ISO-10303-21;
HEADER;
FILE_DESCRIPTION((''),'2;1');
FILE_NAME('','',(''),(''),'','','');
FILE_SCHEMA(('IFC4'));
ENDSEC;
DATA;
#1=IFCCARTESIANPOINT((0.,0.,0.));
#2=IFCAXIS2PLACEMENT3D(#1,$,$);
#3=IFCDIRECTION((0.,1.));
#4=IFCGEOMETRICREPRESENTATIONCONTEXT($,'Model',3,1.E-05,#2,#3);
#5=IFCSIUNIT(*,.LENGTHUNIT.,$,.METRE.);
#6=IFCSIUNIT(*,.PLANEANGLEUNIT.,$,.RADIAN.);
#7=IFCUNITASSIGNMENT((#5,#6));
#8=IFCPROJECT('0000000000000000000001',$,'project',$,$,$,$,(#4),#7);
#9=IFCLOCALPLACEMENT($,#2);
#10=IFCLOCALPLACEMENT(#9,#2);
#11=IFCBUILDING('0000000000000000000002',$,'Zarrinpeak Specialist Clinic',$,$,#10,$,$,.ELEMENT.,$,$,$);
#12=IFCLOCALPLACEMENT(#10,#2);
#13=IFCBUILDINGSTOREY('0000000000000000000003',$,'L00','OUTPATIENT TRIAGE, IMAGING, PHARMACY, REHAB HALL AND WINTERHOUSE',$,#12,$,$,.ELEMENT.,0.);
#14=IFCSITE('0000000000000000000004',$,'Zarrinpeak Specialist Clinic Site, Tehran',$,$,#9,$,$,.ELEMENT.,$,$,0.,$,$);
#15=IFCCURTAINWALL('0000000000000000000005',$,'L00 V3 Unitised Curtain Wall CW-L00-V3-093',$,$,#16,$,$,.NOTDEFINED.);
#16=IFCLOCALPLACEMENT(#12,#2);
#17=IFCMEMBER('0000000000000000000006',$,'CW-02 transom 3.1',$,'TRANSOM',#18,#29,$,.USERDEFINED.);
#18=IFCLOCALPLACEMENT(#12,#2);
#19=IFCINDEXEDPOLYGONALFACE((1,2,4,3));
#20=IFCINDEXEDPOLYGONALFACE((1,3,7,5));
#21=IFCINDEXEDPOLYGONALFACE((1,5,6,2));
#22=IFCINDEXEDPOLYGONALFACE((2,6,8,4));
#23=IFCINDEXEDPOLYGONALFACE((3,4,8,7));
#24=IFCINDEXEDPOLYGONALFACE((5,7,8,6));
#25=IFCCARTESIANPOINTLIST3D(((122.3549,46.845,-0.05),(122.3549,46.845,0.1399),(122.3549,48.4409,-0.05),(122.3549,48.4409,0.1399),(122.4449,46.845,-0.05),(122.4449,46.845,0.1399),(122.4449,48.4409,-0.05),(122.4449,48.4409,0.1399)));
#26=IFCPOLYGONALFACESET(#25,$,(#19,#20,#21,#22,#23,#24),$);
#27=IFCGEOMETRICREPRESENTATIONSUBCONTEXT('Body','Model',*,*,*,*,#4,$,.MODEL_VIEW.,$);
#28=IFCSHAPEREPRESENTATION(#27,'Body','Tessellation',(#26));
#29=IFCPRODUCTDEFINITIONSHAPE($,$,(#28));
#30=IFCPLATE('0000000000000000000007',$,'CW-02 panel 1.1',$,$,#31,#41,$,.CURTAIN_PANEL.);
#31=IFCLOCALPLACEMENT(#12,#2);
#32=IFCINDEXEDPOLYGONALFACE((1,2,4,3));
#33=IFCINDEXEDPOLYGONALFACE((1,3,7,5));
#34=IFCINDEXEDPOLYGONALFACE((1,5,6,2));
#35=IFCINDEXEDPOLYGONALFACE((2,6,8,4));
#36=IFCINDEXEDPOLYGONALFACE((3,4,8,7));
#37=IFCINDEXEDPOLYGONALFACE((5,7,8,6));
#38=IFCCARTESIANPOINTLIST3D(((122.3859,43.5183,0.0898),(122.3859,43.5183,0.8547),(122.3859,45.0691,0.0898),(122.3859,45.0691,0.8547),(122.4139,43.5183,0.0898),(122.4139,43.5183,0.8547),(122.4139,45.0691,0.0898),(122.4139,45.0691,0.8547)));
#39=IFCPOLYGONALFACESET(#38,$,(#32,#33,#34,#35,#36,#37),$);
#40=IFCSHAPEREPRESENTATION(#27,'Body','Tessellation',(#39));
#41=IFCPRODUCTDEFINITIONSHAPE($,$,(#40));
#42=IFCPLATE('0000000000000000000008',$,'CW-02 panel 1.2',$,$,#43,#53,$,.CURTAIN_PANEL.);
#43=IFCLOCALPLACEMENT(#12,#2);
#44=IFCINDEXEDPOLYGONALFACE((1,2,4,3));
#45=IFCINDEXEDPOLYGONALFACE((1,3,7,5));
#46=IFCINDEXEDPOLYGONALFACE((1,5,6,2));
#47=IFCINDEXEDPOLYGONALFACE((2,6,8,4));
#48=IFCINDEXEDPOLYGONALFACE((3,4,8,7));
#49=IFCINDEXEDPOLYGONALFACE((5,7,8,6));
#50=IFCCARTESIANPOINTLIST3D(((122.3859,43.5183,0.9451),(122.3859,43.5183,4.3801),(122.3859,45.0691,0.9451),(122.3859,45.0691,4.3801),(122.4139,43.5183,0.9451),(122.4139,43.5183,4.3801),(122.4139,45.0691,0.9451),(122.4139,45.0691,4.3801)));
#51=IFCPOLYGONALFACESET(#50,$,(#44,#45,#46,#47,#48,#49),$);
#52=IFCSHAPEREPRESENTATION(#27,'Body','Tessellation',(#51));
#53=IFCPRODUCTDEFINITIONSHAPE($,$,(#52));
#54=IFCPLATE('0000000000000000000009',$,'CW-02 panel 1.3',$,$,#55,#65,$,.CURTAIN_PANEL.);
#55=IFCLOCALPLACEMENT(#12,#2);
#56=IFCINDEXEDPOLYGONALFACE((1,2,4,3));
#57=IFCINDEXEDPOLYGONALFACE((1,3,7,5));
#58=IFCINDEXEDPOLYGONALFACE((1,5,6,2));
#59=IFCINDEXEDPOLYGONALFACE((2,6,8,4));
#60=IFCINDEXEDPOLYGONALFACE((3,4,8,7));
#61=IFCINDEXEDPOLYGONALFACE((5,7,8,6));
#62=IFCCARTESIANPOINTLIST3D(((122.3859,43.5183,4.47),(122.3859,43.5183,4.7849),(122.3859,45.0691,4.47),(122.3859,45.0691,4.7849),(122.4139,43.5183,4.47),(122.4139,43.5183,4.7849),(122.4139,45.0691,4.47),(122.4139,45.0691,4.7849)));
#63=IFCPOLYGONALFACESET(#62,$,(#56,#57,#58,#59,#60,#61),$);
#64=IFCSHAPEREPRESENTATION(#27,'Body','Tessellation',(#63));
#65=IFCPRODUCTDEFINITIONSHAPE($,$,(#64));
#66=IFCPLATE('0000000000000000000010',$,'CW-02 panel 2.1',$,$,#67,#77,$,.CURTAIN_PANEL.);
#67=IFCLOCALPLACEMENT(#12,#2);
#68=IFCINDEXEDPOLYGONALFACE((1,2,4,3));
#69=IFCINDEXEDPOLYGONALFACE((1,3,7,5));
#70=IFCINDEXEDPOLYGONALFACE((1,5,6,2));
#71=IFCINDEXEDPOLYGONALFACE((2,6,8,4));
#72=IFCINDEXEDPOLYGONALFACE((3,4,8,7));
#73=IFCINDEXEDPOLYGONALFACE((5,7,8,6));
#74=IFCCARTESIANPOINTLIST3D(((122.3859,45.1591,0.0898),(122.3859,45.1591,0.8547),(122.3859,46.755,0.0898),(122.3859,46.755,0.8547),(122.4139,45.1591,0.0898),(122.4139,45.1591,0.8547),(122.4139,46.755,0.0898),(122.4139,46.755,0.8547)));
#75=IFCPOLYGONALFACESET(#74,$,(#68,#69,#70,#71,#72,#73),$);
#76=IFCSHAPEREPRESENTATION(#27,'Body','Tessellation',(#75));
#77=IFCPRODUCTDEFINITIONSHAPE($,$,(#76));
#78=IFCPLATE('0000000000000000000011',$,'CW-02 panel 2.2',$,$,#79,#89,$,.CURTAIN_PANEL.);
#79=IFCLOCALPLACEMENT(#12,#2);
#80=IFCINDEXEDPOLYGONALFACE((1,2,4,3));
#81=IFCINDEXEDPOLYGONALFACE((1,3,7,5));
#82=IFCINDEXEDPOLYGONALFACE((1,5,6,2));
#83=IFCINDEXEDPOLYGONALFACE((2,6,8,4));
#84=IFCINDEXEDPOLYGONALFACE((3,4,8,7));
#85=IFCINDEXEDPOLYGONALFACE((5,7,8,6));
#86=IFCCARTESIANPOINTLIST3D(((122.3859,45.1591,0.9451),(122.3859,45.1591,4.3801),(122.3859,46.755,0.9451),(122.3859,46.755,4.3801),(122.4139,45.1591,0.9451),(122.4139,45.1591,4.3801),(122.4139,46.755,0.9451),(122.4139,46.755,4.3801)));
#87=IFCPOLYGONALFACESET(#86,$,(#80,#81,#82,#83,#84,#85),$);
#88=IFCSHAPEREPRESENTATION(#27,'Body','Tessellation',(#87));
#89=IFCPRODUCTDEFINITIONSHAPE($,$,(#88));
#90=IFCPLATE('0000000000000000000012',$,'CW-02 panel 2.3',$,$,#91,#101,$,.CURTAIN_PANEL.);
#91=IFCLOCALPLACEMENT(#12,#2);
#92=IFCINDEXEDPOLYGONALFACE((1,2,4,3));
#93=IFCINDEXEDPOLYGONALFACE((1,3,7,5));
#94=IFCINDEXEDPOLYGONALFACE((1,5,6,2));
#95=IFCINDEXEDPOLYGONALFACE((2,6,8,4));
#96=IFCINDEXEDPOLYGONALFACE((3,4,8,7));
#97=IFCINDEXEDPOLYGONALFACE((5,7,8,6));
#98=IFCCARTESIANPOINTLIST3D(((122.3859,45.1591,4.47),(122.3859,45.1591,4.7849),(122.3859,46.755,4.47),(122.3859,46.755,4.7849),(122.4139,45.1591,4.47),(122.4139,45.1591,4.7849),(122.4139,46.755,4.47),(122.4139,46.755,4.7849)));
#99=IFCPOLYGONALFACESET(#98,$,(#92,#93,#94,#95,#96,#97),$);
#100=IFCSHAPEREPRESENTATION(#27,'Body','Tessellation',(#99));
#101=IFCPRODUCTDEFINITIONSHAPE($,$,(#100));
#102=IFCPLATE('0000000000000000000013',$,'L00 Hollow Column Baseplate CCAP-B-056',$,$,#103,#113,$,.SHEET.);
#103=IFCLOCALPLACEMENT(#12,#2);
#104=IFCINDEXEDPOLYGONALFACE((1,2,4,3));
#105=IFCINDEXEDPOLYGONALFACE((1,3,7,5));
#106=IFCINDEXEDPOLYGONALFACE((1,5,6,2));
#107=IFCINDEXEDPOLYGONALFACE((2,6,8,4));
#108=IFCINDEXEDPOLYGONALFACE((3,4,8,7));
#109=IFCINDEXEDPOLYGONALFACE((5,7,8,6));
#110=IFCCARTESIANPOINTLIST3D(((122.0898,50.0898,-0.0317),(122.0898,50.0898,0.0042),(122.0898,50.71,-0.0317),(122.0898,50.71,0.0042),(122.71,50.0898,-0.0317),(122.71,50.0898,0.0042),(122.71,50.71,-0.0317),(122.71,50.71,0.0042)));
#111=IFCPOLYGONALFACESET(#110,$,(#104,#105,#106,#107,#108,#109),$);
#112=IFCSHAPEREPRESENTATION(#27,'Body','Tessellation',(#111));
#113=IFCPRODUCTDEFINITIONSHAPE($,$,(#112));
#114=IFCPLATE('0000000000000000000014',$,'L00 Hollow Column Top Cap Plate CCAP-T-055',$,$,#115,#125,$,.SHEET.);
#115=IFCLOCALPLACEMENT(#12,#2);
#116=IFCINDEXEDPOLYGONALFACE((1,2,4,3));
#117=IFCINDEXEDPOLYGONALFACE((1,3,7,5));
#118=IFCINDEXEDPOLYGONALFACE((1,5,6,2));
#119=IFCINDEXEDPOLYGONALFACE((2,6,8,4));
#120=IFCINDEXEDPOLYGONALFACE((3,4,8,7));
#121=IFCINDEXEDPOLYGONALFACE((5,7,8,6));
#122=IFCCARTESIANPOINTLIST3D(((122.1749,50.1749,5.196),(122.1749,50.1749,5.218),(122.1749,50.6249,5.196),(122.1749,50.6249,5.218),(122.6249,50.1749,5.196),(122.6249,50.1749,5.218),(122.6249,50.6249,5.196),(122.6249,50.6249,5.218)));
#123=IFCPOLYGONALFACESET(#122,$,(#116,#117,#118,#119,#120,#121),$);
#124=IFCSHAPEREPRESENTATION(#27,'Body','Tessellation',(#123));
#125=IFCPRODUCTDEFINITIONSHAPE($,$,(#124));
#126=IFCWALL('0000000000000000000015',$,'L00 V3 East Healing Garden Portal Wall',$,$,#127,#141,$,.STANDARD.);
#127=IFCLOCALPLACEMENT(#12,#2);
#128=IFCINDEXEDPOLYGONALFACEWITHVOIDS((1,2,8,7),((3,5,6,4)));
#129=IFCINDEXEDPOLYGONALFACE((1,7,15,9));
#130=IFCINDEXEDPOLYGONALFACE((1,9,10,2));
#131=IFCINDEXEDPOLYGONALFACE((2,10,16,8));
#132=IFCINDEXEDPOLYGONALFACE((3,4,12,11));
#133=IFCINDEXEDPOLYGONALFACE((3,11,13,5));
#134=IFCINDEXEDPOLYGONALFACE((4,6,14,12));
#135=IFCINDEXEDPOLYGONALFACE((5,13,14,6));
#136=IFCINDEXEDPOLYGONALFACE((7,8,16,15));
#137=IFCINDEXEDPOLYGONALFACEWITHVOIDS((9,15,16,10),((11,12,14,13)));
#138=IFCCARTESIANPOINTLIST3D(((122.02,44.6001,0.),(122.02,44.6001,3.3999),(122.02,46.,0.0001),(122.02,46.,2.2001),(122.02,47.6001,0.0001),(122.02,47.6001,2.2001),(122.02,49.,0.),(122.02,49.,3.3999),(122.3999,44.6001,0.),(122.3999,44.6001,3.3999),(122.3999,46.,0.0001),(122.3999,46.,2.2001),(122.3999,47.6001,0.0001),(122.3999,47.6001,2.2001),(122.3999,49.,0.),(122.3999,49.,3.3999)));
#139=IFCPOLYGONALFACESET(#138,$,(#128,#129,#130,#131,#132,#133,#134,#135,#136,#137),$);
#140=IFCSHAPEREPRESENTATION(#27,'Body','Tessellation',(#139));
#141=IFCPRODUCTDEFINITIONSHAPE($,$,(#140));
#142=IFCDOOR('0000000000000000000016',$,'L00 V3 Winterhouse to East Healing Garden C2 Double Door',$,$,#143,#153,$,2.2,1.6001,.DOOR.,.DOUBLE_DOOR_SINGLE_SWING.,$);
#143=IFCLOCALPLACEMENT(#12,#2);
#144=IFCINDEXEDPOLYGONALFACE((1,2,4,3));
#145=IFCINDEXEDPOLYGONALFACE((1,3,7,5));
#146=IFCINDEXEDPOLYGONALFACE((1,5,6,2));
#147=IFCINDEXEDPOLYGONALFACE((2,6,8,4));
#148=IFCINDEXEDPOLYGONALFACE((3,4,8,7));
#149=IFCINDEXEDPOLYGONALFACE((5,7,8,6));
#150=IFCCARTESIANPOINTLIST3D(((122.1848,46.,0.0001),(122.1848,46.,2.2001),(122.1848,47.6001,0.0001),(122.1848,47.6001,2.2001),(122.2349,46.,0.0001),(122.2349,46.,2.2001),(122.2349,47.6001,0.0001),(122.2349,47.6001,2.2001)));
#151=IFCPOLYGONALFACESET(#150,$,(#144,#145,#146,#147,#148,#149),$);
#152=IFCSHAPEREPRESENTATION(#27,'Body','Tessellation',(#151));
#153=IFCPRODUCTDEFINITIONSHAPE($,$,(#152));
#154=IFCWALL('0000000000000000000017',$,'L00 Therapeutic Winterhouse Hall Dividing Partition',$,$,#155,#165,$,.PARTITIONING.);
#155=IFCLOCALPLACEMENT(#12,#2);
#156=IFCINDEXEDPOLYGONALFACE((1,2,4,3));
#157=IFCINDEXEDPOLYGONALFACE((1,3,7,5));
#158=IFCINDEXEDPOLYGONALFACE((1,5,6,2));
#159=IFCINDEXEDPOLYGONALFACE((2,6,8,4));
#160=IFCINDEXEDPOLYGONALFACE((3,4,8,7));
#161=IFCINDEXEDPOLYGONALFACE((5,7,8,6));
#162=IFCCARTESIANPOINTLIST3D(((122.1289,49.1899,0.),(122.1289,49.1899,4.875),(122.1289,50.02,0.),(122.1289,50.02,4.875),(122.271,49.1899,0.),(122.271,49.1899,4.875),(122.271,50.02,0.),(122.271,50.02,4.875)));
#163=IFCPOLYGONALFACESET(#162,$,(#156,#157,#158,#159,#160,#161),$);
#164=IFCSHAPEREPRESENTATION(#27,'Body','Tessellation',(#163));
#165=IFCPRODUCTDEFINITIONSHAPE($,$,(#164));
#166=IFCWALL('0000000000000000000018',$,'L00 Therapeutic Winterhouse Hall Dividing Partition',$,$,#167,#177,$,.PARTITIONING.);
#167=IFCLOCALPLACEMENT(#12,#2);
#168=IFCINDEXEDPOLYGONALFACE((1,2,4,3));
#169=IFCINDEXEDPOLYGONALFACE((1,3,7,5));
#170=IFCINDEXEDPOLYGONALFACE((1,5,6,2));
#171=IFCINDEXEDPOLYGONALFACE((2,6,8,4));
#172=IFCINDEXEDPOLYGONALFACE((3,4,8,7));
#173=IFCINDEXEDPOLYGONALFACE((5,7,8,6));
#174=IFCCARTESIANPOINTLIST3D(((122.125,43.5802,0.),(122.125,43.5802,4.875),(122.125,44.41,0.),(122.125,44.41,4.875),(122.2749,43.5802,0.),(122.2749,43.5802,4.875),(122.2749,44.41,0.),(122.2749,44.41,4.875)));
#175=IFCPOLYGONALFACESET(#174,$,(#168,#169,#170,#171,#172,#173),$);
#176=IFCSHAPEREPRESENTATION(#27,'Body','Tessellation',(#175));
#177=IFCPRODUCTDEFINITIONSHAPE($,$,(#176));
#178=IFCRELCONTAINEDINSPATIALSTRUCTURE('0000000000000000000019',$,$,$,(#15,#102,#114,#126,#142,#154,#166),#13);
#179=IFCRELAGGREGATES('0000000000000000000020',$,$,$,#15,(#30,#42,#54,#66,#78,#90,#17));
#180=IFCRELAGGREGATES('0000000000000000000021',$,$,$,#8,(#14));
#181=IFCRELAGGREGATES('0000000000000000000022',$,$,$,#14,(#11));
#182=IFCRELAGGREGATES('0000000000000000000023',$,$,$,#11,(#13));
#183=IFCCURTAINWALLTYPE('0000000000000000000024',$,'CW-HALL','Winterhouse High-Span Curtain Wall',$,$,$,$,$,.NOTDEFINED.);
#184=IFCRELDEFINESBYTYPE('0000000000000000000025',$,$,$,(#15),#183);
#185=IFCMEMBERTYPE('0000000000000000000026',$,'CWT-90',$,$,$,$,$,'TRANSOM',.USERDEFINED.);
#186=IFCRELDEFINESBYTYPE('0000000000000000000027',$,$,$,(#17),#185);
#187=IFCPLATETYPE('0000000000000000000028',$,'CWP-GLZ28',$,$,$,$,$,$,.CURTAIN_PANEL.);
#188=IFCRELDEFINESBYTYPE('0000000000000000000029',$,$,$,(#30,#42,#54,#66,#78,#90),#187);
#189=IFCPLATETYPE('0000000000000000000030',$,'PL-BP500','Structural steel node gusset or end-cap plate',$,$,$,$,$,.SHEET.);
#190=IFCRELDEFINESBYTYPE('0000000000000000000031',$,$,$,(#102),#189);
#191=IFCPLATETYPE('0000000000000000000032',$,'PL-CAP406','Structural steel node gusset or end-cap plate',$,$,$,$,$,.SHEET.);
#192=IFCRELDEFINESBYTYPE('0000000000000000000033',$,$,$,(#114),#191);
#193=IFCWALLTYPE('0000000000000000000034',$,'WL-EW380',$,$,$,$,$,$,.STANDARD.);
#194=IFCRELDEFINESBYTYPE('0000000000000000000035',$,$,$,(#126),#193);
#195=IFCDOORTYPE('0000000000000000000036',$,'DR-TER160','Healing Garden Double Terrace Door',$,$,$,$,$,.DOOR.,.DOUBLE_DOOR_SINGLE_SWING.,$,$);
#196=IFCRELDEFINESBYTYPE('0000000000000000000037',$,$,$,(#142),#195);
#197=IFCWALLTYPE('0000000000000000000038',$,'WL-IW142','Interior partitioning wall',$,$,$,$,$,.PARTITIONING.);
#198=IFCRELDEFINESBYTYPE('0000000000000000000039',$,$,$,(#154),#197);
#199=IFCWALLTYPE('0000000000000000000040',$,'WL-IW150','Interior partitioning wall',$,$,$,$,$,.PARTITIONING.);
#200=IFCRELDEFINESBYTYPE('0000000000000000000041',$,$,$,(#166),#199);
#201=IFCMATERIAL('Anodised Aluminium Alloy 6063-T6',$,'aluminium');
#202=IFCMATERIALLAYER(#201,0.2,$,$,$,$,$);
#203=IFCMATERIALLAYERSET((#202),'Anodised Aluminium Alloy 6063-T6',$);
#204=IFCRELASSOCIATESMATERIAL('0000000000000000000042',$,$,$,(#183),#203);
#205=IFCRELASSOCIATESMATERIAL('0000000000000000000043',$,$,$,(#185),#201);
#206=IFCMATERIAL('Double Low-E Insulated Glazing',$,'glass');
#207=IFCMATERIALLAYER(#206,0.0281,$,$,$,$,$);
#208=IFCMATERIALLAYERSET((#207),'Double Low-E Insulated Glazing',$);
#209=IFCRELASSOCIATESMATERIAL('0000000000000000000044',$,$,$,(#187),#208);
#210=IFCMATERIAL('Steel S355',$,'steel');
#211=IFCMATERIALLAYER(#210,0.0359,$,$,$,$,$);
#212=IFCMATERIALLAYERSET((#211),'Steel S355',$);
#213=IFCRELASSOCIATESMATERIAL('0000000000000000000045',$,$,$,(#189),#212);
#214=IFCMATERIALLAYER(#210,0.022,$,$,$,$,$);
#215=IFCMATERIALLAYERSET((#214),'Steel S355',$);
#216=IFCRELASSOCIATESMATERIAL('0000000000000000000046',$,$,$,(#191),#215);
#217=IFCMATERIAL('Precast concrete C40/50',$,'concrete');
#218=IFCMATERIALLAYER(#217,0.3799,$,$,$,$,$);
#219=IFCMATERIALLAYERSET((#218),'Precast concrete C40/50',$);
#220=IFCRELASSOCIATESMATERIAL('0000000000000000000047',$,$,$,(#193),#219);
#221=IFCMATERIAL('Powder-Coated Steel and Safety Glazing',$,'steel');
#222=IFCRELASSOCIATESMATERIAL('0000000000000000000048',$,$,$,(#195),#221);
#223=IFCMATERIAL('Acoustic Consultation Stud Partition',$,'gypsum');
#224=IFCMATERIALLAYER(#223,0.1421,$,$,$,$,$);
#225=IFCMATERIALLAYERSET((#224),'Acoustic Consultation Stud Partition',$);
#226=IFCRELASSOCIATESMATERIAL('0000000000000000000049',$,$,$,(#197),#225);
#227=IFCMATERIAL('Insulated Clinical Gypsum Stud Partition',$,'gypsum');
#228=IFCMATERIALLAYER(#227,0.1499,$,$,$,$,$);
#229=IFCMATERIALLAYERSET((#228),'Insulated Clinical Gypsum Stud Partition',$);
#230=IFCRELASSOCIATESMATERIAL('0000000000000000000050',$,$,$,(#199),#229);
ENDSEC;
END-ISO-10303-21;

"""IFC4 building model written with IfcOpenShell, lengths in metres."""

from ifc_helpers import new_model, si_unit, direction, frame, frame_2d, origin, origin_2d, place, context, subcontext, project, spatial, rectangle, extrude, material, layer, layer_set, material_profile, profile_set, type_object, element, fill, aggregate, save


model = new_model("IFC4")

# Units and contexts
model_context = context("Model", 3, precision=1e-05, world=origin(), true_north=direction((0.0, 1.0)))
body_context = subcontext(model_context, "Body", "Model", "MODEL_VIEW")
ifc_project = project(units=[si_unit("LENGTHUNIT", "METRE"), si_unit("PLANEANGLEUNIT", "RADIAN")], contexts=[model_context])

# Site, building, storey
site_placement = place(None, origin())
site = spatial("IfcSite", under=ifc_project, at=site_placement, Name="Zarrinpeak Specialist Clinic Site, Tehran", CompositionType="ELEMENT", RefElevation=0.0)
building_placement = place(site_placement, origin())
building = spatial("IfcBuilding", under=site, at=building_placement, Name="Zarrinpeak Specialist Clinic", CompositionType="ELEMENT")
storey_placement = place(building_placement, origin())
storey = spatial("IfcBuildingStorey", under=building, at=storey_placement, Name="L00", Description="OUTPATIENT TRIAGE, IMAGING, PHARMACY, REHAB HALL AND WINTERHOUSE", CompositionType="ELEMENT", Elevation=0.0)

# Shared definitions
ifc_material_1 = material(Name="Steel S355", Category="steel")

# Curtain wall, member, plates
ifc_material_2 = material(Name="Anodised Aluminium Alloy 6063-T6", Category="aluminium")
ifc_layer_1 = layer(ifc_material_2, 0.2)
ifc_layer_set_1 = layer_set([ifc_layer_1], Name="Anodised Aluminium Alloy 6063-T6")
curtain_wall_type = type_object("IfcCurtainWallType", Name="CW-HALL", Description="Winterhouse High-Span Curtain Wall", PredefinedType="NOTDEFINED", material=ifc_layer_set_1)
curtain_wall_placement = place(storey_placement, origin())
curtain_wall = element("IfcCurtainWall", 1, at=curtain_wall_placement, inside=storey, type_object=curtain_wall_type, Name="L00 V3 Unitised Curtain Wall CW-L00-V3-093", PredefinedType="NOTDEFINED")
ifc_material_profile_1 = material_profile(ifc_material_2, rectangle(XDim=0.0901, YDim=0.1899, at=origin_2d()), Name="ALU 90x190")
ifc_profile_set_1 = profile_set([ifc_material_profile_1], Name="Anodised Aluminium Alloy 6063-T6")
member_type_1 = type_object("IfcMemberType", Name="CWT-90", ElementType="TRANSOM", PredefinedType="USERDEFINED", material=ifc_profile_set_1)
member_1_placement = place(storey_placement, frame((122.3999, 46.845, 0.0449), z_axis=(0.0, 1.0, 0.0), x_axis=(-1.0, 0.0, 0.0)))
member_1 = element("IfcMember", 2, at=member_1_placement, type_object=member_type_1, Name="CW-02 transom 3.1", ObjectType="TRANSOM", PredefinedType="USERDEFINED", context=body_context, shape_type="SweptSolid", body=[
    extrude(rectangle(XDim=0.0901, YDim=0.1899, at=origin_2d()), origin(), (0.0, 0.0, 1.0), 1.5959),
])
ifc_material_3 = material(Name="Double Low-E Insulated Glazing", Category="glass")
ifc_layer_2 = layer(ifc_material_3, 0.0281)
ifc_layer_set_2 = layer_set([ifc_layer_2], Name="Double Low-E Insulated Glazing")
plate_type_1 = type_object("IfcPlateType", Name="CWP-GLZ28", PredefinedType="CURTAIN_PANEL", material=ifc_layer_set_2)
plate_1_placement = place(storey_placement, frame((122.3999, 44.2937, 0.0898), z_axis=(0.0, 0.0, 1.0), x_axis=(0.0, 1.0, 0.0)))
plate_1 = element("IfcPlate", 3, at=plate_1_placement, type_object=plate_type_1, Name="CW-02 panel 1.1", PredefinedType="CURTAIN_PANEL", context=body_context, shape_type="SweptSolid", body=[
    extrude(rectangle(XDim=1.5508, YDim=0.0281, at=origin_2d()), origin(), (0.0, 0.0, 1.0), 0.7649),
])
plate_2_placement = place(storey_placement, frame((122.3999, 44.2937, 0.9451), z_axis=(0.0, 0.0, 1.0), x_axis=(0.0, 1.0, 0.0)))
plate_2 = element("IfcPlate", 4, at=plate_2_placement, type_object=plate_type_1, Name="CW-02 panel 1.2", PredefinedType="CURTAIN_PANEL", context=body_context, shape_type="SweptSolid", body=[
    extrude(rectangle(XDim=1.5508, YDim=0.0281, at=origin_2d()), origin(), (0.0, 0.0, 1.0), 3.4351),
])
plate_3_placement = place(storey_placement, frame((122.3999, 44.2937, 4.47), z_axis=(0.0, 0.0, 1.0), x_axis=(0.0, 1.0, 0.0)))
plate_3 = element("IfcPlate", 5, at=plate_3_placement, type_object=plate_type_1, Name="CW-02 panel 1.3", PredefinedType="CURTAIN_PANEL", context=body_context, shape_type="SweptSolid", body=[
    extrude(rectangle(XDim=1.5508, YDim=0.0281, at=origin_2d()), origin(), (0.0, 0.0, 1.0), 0.3149),
])
plate_4_placement = place(storey_placement, frame((122.3999, 45.957, 0.0898), z_axis=(0.0, 0.0, 1.0), x_axis=(0.0, 1.0, 0.0)))
plate_4 = element("IfcPlate", 6, at=plate_4_placement, type_object=plate_type_1, Name="CW-02 panel 2.1", PredefinedType="CURTAIN_PANEL", context=body_context, shape_type="SweptSolid", body=[
    extrude(rectangle(XDim=1.5959, YDim=0.0281, at=origin_2d()), origin(), (0.0, 0.0, 1.0), 0.7649),
])
plate_5_placement = place(storey_placement, frame((122.3999, 45.957, 0.9451), z_axis=(0.0, 0.0, 1.0), x_axis=(0.0, 1.0, 0.0)))
plate_5 = element("IfcPlate", 7, at=plate_5_placement, type_object=plate_type_1, Name="CW-02 panel 2.2", PredefinedType="CURTAIN_PANEL", context=body_context, shape_type="SweptSolid", body=[
    extrude(rectangle(XDim=1.5959, YDim=0.0281, at=origin_2d()), origin(), (0.0, 0.0, 1.0), 3.4351),
])
plate_6_placement = place(storey_placement, frame((122.3999, 45.957, 4.47), z_axis=(0.0, 0.0, 1.0), x_axis=(0.0, 1.0, 0.0)))
plate_6 = element("IfcPlate", 8, at=plate_6_placement, type_object=plate_type_1, Name="CW-02 panel 2.3", PredefinedType="CURTAIN_PANEL", context=body_context, shape_type="SweptSolid", body=[
    extrude(rectangle(XDim=1.5959, YDim=0.0281, at=origin_2d()), origin(), (0.0, 0.0, 1.0), 0.3149),
])
aggregate(curtain_wall, [plate_1, plate_2, plate_3, plate_4, plate_5, plate_6, member_1])

# Plates
ifc_layer_3 = layer(ifc_material_1, 0.0359)
ifc_layer_set_3 = layer_set([ifc_layer_3], Name="Steel S355")
plate_type_2 = type_object("IfcPlateType", Name="PL-BP500", Description="Structural steel node gusset or end-cap plate", PredefinedType="SHEET", material=ifc_layer_set_3)
plate_7_placement = place(storey_placement, frame((122.3999, 50.3999, -0.0317), z_axis=(0.0, 0.0, 1.0), x_axis=(1.0, 0.0, 0.0)))
element("IfcPlate", 9, at=plate_7_placement, inside=storey, type_object=plate_type_2, Name="L00 Hollow Column Baseplate CCAP-B-056", PredefinedType="SHEET", context=body_context, shape_type="SweptSolid", body=[
    extrude(rectangle(XDim=0.6201, YDim=0.6201, at=origin_2d()), origin(), (0.0, 0.0, 1.0), 0.0359),
])
ifc_layer_4 = layer(ifc_material_1, 0.022)
ifc_layer_set_4 = layer_set([ifc_layer_4], Name="Steel S355")
plate_type_3 = type_object("IfcPlateType", Name="PL-CAP406", Description="Structural steel node gusset or end-cap plate", PredefinedType="SHEET", material=ifc_layer_set_4)
plate_8_placement = place(storey_placement, frame((122.3999, 50.3999, 5.196), z_axis=(0.0, 0.0, 1.0), x_axis=(1.0, 0.0, 0.0)))
element("IfcPlate", 10, at=plate_8_placement, inside=storey, type_object=plate_type_3, Name="L00 Hollow Column Top Cap Plate CCAP-T-055", PredefinedType="SHEET", context=body_context, shape_type="SweptSolid", body=[
    extrude(rectangle(XDim=0.45, YDim=0.45, at=origin_2d()), origin(), (0.0, 0.0, 1.0), 0.022),
])

# Wall, opening, door
ifc_material_4 = material(Name="Precast concrete C40/50", Category="concrete")
ifc_layer_5 = layer(ifc_material_4, 0.3799)
ifc_layer_set_5 = layer_set([ifc_layer_5], Name="Precast concrete C40/50")
wall_type_1 = type_object("IfcWallType", Name="WL-EW380", PredefinedType="STANDARD", material=ifc_layer_set_5)
wall_1_placement = place(storey_placement, frame((122.21, 44.6001, 0.0), z_axis=(0.0, 0.0, 1.0), x_axis=(0.0, 1.0, 0.0)))
wall_1 = element("IfcWall", 11, at=wall_1_placement, inside=storey, type_object=wall_type_1, Name="L00 V3 East Healing Garden Portal Wall", PredefinedType="STANDARD", context=body_context, shape_type="SweptSolid", body=[
    extrude(rectangle(XDim=4.3999, YDim=0.3799, at=frame_2d((2.2, 0.0))), origin(), (0.0, 0.0, 1.0), 3.3999),
])
opening_placement = place(wall_1_placement, frame((1.3999, 0.0, 0.0)))
opening = element("IfcOpeningElement", 12, at=opening_placement, cuts=wall_1, PredefinedType="OPENING", context=body_context, shape_type="SweptSolid", body=[
    extrude(rectangle(XDim=1.6001, YDim=2.2, at=frame_2d((0.8, 1.1001))), frame((0.0, 0.2, 0.0), z_axis=(0.0, -1.0, 0.0), x_axis=(1.0, 0.0, 0.0)), (0.0, 0.0, 1.0), 0.3999),
])
ifc_material_5 = material(Name="Powder-Coated Steel and Safety Glazing", Category="steel")
door_type = type_object("IfcDoorType", Name="DR-TER160", Description="Healing Garden Double Terrace Door", OperationType="DOUBLE_DOOR_SINGLE_SWING", PredefinedType="DOOR", material=ifc_material_5)
door_placement = place(opening_placement, frame((1.6001, 0.0, 0.0), z_axis=(0.0, 0.0, 1.0), x_axis=(-1.0, 0.0, 0.0)))
door = element("IfcDoor", 13, at=door_placement, inside=storey, type_object=door_type, Name="L00 V3 Winterhouse to East Healing Garden C2 Double Door", OperationType="DOUBLE_DOOR_SINGLE_SWING", OverallHeight=2.2, OverallWidth=1.6001, PredefinedType="DOOR", context=body_context, shape_type="SweptSolid", body=[
    extrude(rectangle(XDim=1.6001, YDim=2.2, at=frame_2d((0.8, 1.1001))), frame((0.0, 0.0249, 0.0), z_axis=(0.0, -1.0, 0.0), x_axis=(1.0, 0.0, 0.0)), (0.0, 0.0, 1.0), 0.05),
])
fill(opening, door)

# Walls
ifc_material_6 = material(Name="Acoustic Consultation Stud Partition", Category="gypsum")
ifc_layer_6 = layer(ifc_material_6, 0.1421)
ifc_layer_set_6 = layer_set([ifc_layer_6], Name="Acoustic Consultation Stud Partition")
wall_type_2 = type_object("IfcWallType", Name="WL-IW142", Description="Interior partitioning wall", PredefinedType="PARTITIONING", material=ifc_layer_set_6)
wall_2_placement = place(storey_placement, frame((122.2, 49.1899, 0.0), z_axis=(0.0, 0.0, 1.0), x_axis=(0.0, 1.0, 0.0)))
element("IfcWall", 14, at=wall_2_placement, inside=storey, type_object=wall_type_2, Name="L00 Therapeutic Winterhouse Hall Dividing Partition", PredefinedType="PARTITIONING", context=body_context, shape_type="SweptSolid", body=[
    extrude(rectangle(XDim=0.8301, YDim=0.1421, at=frame_2d((0.415, 0.0))), origin(), (0.0, 0.0, 1.0), 4.875),
])
ifc_material_7 = material(Name="Insulated Clinical Gypsum Stud Partition", Category="gypsum")
ifc_layer_7 = layer(ifc_material_7, 0.1499)
ifc_layer_set_7 = layer_set([ifc_layer_7], Name="Insulated Clinical Gypsum Stud Partition")
wall_type_3 = type_object("IfcWallType", Name="WL-IW150", Description="Interior partitioning wall", PredefinedType="PARTITIONING", material=ifc_layer_set_7)
wall_3_placement = place(storey_placement, frame((122.2, 43.5801, 0.0), z_axis=(0.0, 0.0, 1.0), x_axis=(0.0, 1.0, 0.0)))
element("IfcWall", 15, at=wall_3_placement, inside=storey, type_object=wall_type_3, Name="L00 Therapeutic Winterhouse Hall Dividing Partition", PredefinedType="PARTITIONING", context=body_context, shape_type="SweptSolid", body=[
    extrude(rectangle(XDim=0.8298, YDim=0.1499, at=frame_2d((0.415, 0.0))), origin(), (0.0, 0.0, 1.0), 4.875),
])

save(model, "model.ifc")
